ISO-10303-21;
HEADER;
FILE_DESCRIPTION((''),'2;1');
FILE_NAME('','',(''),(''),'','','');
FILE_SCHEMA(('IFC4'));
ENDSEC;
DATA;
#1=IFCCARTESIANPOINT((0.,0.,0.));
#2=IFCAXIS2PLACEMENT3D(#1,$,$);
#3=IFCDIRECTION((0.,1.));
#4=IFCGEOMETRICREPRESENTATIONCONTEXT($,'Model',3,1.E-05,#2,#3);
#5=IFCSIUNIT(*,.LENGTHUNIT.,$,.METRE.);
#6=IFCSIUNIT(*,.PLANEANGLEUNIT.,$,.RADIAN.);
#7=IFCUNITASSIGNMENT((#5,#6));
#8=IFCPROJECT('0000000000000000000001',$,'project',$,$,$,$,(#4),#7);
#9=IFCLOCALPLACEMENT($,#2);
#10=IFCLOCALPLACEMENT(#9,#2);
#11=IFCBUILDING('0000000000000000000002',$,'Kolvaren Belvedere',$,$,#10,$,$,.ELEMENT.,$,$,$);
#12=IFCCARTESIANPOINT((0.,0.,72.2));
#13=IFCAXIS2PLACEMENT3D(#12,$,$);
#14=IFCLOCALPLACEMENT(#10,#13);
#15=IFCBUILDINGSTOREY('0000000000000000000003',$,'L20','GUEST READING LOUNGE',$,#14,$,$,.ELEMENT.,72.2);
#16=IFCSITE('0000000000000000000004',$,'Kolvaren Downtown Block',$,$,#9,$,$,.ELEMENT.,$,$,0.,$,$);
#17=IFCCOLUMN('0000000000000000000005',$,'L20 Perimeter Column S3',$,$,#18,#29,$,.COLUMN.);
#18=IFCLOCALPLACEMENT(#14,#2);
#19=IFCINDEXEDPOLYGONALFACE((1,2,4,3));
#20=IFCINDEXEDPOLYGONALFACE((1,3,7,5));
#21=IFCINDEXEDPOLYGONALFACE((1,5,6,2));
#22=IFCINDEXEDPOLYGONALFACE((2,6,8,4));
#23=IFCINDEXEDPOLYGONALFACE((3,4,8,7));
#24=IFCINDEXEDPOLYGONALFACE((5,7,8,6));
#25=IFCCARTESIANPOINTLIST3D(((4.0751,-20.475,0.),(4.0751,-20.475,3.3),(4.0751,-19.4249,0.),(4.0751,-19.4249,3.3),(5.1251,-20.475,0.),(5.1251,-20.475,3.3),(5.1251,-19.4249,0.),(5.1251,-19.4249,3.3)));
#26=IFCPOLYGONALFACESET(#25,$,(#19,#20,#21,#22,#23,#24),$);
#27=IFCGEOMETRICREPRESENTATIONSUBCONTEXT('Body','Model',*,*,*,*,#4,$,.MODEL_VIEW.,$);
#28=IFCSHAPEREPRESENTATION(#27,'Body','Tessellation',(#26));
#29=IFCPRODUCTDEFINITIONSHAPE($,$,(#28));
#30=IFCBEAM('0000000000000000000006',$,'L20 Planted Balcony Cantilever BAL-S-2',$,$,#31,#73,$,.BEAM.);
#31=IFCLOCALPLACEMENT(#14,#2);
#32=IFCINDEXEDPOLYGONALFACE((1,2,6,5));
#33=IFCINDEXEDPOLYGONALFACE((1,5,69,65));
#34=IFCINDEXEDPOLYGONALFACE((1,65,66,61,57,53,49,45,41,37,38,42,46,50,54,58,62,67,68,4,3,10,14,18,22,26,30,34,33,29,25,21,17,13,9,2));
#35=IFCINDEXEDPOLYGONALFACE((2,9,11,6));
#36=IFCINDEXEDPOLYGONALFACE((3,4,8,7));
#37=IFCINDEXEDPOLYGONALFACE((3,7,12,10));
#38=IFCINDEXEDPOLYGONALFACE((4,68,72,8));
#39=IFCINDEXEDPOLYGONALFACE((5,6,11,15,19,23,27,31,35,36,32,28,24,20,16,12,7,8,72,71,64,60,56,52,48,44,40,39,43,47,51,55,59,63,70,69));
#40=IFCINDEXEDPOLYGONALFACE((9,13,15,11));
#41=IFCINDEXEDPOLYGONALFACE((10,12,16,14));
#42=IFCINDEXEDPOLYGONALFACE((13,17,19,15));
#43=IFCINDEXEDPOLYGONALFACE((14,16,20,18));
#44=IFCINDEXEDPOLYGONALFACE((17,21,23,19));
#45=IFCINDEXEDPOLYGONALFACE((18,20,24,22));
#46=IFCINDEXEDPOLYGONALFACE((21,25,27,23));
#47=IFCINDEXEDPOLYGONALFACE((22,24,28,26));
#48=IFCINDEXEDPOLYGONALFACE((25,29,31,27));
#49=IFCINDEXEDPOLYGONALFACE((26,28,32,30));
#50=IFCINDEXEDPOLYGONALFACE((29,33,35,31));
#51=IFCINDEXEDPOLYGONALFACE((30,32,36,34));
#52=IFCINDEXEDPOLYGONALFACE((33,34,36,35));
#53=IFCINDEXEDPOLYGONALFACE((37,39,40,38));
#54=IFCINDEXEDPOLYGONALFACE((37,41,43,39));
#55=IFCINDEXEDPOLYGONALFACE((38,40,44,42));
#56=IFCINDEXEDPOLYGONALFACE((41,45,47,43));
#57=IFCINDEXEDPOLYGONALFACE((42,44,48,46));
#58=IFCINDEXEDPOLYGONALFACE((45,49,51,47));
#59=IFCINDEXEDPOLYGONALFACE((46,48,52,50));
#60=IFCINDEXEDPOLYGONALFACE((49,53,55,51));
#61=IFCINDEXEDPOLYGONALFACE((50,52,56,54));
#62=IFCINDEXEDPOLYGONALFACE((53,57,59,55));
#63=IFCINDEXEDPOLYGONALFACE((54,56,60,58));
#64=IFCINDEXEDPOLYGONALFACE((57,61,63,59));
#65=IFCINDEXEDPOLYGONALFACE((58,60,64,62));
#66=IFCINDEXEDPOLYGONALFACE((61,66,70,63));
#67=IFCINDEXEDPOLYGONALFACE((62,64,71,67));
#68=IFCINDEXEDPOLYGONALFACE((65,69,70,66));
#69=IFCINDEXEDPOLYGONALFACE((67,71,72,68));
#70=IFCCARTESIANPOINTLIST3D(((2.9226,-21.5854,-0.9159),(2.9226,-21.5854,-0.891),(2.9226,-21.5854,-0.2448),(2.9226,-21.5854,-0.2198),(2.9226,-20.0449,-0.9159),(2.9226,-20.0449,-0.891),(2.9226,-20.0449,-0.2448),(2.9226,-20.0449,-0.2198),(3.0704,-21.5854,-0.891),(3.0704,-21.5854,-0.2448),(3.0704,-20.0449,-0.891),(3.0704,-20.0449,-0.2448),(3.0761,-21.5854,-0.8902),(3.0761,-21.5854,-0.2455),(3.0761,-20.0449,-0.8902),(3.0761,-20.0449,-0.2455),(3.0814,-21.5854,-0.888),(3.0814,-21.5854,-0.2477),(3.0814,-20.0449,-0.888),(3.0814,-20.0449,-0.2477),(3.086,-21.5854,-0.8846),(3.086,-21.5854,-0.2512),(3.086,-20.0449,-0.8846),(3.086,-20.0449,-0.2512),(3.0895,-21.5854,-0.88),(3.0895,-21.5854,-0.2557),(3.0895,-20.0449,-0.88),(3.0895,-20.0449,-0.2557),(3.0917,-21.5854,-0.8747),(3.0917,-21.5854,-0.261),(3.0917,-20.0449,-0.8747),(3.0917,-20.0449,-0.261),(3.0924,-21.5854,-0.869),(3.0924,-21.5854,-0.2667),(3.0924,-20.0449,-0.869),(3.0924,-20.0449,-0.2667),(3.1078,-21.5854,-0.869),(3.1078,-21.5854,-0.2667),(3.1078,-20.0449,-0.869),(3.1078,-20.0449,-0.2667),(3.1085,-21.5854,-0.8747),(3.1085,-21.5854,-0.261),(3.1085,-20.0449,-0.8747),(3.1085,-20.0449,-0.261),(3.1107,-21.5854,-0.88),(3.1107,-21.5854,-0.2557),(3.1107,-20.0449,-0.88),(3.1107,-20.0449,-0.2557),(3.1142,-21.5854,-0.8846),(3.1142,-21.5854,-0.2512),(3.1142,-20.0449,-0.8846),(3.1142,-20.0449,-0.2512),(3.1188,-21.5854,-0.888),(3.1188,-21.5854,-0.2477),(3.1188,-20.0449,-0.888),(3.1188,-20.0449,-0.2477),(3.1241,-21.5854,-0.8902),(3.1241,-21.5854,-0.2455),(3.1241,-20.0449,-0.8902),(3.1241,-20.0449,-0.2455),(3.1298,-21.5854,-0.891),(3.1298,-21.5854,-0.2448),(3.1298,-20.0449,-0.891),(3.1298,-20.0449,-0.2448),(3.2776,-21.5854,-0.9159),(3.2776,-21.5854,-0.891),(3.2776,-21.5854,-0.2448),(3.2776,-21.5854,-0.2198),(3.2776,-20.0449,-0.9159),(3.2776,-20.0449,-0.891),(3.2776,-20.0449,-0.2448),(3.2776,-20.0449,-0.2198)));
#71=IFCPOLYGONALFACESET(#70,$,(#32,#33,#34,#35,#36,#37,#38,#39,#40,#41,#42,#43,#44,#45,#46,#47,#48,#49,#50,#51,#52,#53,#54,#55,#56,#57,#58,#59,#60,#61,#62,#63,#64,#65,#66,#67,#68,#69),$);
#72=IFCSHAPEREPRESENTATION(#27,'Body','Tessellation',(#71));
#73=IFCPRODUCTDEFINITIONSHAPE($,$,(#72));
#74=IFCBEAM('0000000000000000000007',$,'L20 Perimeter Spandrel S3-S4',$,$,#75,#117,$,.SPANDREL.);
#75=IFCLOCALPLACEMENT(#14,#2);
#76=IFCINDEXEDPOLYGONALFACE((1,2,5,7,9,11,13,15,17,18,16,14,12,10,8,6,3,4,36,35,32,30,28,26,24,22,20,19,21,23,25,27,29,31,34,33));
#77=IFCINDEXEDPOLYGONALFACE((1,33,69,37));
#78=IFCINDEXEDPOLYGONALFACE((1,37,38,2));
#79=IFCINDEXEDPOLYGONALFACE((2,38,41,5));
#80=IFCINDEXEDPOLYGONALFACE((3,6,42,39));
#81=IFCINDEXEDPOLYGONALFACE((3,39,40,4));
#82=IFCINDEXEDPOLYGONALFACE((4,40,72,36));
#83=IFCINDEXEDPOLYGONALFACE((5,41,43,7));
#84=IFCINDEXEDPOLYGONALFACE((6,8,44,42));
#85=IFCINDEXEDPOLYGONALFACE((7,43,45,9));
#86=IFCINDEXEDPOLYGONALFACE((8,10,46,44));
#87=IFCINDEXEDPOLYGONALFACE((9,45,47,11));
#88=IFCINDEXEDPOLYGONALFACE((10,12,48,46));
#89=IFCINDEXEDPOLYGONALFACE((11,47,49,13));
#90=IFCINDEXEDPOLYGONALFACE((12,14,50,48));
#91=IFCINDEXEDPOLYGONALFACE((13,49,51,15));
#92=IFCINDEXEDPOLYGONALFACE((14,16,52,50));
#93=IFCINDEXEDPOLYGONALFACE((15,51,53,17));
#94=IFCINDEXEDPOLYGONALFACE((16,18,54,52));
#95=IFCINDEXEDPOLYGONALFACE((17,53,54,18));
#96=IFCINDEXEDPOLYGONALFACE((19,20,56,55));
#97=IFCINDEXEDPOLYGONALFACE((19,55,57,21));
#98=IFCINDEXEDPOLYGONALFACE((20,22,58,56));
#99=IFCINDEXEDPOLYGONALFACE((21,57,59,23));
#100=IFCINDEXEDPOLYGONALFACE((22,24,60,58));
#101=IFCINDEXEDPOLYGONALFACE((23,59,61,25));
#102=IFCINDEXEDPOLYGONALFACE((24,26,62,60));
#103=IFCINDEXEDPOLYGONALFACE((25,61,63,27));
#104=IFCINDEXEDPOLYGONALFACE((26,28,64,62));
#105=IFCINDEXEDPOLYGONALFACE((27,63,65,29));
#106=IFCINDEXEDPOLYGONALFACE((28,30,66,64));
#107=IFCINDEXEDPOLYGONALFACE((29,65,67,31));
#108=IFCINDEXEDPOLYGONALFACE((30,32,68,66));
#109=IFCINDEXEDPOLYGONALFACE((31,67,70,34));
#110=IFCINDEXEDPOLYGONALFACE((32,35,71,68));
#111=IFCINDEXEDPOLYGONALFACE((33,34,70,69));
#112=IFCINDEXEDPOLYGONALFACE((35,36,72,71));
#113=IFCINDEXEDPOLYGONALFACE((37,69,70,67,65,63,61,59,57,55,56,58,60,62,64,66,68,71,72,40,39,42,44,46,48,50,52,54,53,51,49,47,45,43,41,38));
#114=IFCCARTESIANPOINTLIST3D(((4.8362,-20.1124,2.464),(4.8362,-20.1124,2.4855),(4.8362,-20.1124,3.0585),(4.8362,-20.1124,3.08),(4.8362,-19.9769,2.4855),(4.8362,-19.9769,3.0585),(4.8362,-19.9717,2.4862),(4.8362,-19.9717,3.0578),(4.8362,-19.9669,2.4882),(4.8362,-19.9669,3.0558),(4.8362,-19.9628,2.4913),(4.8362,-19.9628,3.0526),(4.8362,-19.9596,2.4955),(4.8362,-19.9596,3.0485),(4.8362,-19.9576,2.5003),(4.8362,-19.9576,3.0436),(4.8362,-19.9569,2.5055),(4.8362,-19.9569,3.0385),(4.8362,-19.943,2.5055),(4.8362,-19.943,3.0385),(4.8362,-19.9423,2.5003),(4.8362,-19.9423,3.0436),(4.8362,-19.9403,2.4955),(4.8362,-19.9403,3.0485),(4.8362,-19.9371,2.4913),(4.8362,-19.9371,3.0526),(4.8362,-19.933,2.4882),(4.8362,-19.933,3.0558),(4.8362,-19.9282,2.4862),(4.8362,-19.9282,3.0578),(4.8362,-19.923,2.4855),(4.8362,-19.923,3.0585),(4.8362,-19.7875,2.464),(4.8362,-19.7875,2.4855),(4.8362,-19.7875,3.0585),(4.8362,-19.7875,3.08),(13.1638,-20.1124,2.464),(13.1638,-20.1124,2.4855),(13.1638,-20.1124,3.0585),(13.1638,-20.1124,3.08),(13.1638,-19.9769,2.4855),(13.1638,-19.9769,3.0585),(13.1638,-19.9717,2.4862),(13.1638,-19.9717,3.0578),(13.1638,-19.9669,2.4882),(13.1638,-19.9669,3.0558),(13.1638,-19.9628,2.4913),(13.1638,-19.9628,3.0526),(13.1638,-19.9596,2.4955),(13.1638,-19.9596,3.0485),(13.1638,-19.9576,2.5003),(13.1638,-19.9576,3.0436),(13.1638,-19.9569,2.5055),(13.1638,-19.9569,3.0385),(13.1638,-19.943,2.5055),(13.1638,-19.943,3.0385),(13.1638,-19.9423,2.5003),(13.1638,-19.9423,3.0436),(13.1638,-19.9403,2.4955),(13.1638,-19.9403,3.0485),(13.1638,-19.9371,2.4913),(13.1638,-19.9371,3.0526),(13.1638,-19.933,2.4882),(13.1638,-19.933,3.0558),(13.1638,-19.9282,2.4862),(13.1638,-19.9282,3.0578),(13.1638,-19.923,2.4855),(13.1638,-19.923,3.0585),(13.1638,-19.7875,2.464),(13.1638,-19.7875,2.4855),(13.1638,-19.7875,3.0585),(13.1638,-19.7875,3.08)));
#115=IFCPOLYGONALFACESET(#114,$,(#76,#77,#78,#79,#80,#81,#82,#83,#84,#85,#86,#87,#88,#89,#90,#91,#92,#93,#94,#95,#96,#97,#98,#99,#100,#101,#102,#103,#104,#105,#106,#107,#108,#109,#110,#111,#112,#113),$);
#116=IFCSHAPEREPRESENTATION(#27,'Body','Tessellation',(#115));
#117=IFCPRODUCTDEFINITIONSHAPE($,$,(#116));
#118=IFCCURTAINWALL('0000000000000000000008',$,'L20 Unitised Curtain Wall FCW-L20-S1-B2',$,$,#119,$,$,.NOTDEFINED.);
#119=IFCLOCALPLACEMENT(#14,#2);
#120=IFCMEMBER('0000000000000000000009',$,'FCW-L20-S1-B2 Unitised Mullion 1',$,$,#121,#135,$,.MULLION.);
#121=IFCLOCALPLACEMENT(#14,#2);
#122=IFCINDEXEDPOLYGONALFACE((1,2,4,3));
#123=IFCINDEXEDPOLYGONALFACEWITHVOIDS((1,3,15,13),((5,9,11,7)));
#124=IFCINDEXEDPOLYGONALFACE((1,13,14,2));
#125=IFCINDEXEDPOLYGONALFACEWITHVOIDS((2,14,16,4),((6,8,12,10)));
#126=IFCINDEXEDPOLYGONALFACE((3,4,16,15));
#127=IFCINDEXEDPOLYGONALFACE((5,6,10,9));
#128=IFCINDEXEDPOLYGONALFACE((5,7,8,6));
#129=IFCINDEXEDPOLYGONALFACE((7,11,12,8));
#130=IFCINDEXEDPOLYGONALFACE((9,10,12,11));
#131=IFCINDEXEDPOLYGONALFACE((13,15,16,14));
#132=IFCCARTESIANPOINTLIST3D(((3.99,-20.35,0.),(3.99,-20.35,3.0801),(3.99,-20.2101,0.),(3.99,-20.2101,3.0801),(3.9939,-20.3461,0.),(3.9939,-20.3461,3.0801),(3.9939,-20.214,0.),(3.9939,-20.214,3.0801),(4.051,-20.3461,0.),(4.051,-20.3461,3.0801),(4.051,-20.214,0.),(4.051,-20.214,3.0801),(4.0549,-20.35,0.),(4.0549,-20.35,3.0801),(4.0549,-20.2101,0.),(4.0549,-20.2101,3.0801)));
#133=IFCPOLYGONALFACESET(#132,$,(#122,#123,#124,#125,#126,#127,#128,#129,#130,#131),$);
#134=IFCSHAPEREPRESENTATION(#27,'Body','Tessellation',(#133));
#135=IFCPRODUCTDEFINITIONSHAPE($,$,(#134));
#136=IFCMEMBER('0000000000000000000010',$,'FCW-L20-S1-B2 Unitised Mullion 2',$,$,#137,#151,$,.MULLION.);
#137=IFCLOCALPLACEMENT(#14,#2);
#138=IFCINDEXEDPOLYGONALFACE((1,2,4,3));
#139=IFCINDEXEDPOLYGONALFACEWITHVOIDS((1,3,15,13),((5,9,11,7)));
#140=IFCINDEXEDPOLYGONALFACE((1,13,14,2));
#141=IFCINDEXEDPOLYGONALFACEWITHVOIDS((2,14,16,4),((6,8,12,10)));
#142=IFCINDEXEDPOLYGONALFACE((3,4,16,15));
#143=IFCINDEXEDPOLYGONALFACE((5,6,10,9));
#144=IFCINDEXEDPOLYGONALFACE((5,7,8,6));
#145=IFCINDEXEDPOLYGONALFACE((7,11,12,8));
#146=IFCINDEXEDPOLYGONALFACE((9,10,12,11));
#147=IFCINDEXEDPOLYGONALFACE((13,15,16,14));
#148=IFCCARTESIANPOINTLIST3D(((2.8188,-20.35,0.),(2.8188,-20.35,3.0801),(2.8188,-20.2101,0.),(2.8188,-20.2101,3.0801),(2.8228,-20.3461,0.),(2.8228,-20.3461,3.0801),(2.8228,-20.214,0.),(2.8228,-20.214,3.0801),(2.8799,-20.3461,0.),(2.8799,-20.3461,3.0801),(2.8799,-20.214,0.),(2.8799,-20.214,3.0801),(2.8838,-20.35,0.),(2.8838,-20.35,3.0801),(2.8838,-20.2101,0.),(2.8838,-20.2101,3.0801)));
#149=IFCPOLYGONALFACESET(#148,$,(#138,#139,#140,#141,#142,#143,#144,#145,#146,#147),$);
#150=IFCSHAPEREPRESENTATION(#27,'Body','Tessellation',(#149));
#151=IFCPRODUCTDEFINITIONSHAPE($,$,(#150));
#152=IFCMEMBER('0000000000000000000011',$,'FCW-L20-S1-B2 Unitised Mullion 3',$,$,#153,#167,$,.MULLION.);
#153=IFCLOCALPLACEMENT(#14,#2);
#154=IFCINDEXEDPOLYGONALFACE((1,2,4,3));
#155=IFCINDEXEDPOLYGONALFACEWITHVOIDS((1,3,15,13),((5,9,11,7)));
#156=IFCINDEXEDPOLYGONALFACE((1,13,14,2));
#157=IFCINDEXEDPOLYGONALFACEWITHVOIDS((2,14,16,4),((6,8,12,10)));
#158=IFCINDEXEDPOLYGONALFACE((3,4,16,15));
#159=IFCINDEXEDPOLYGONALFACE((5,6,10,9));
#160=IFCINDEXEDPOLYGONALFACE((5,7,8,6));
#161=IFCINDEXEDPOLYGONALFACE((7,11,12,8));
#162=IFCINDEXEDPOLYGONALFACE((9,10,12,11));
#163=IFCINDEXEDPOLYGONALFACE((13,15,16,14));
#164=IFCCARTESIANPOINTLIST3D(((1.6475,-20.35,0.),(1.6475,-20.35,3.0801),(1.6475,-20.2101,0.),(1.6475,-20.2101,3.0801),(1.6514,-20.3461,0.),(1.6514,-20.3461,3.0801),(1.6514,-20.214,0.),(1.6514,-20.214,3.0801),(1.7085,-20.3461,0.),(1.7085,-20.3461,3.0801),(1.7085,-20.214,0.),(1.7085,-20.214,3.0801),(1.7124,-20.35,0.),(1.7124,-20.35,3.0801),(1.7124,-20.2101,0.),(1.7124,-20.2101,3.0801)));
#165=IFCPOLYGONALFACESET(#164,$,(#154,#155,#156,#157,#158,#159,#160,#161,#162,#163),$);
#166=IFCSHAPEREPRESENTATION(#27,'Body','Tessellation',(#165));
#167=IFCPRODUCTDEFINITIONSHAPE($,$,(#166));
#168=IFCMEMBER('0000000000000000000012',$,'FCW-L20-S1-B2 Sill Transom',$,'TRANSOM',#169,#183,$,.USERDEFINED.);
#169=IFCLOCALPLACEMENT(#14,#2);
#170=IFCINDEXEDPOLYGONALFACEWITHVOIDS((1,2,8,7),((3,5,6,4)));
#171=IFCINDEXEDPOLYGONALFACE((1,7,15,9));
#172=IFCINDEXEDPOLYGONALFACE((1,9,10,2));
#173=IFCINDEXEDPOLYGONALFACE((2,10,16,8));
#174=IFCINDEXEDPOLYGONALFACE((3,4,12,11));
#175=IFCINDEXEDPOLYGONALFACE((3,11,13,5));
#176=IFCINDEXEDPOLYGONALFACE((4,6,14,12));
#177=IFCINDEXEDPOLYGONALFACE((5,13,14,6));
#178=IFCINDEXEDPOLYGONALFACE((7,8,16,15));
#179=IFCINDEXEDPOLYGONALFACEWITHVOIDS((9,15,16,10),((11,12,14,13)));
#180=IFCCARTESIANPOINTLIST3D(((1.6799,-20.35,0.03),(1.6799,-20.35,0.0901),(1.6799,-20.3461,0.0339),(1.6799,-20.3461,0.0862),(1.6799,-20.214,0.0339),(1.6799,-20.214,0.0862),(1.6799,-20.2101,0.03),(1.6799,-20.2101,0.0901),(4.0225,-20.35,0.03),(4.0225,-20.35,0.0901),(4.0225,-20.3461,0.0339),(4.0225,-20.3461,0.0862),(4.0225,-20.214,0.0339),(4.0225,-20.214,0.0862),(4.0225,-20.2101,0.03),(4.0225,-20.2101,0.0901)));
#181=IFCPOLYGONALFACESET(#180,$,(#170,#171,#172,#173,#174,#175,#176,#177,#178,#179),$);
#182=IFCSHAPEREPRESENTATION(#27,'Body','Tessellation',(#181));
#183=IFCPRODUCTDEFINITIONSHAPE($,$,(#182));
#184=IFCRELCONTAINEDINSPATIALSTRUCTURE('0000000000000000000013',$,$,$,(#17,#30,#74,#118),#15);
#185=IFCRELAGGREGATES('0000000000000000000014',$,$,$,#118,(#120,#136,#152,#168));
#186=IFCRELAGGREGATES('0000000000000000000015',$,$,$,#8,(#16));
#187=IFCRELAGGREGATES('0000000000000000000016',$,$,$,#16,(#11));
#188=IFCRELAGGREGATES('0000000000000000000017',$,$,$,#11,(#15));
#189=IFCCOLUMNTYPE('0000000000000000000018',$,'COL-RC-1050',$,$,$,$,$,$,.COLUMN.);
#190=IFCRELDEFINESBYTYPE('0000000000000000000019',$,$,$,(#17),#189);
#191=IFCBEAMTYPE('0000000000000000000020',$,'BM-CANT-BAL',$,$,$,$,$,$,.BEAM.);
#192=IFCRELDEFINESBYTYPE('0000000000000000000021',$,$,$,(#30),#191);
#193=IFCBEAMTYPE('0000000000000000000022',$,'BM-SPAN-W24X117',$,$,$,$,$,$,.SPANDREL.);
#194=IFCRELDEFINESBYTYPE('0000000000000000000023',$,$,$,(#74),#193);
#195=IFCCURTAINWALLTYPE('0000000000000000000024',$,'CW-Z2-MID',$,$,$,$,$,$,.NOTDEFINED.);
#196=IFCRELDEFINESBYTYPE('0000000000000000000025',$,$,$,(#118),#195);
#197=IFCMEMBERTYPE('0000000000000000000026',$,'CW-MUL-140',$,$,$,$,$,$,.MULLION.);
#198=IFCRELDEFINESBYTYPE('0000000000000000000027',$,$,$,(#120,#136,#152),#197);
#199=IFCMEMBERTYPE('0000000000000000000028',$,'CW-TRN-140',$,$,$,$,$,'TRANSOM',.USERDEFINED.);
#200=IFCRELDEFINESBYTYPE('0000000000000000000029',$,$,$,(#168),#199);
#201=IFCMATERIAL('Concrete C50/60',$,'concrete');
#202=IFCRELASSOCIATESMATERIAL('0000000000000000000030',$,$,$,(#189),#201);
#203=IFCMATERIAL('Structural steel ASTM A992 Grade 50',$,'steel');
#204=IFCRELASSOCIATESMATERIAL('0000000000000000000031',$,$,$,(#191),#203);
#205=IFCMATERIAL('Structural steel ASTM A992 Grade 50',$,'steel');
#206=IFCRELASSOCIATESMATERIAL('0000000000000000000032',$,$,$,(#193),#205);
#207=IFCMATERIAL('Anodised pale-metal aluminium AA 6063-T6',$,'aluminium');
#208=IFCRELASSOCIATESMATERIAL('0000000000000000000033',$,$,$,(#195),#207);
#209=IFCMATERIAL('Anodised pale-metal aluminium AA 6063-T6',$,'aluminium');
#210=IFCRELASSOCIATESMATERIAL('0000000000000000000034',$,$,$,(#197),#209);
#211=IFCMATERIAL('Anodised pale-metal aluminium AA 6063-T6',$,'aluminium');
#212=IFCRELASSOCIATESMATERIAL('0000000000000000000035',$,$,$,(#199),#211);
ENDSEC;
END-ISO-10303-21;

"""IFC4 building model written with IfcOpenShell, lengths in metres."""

from ifc_helpers import new_model, si_unit, direction, frame, origin, origin_2d, place, context, subcontext, project, spatial, rectangle, hollow_rectangle, i_section, extrude, material, material_profile, profile_set, type_object, element, aggregate, save


model = new_model("IFC4")

# Units and contexts
model_context = context("Model", 3, precision=1e-05, world=origin(), true_north=direction((0.0, 1.0)))
body_context = subcontext(model_context, "Body", "Model", "MODEL_VIEW")
ifc_project = project(units=[si_unit("LENGTHUNIT", "METRE"), si_unit("PLANEANGLEUNIT", "RADIAN")], contexts=[model_context])

# Site, building, storey
site_placement = place(None, origin())
site = spatial("IfcSite", under=ifc_project, at=site_placement, Name="Kolvaren Downtown Block", CompositionType="ELEMENT", RefElevation=0.0)
building_placement = place(site_placement, origin())
building = spatial("IfcBuilding", under=site, at=building_placement, Name="Kolvaren Belvedere", CompositionType="ELEMENT")
storey_placement = place(building_placement, frame((0.0, 0.0, 72.2)))
storey = spatial("IfcBuildingStorey", under=building, at=storey_placement, Name="L20", Description="GUEST READING LOUNGE", CompositionType="ELEMENT", Elevation=72.2)

# Column
ifc_material_1 = material(Name="Concrete C50/60", Category="concrete")
ifc_material_profile_1 = material_profile(ifc_material_1, rectangle(XDim=1.05, YDim=1.05, at=origin_2d()), Name="RC 1050X1050")
ifc_profile_set_1 = profile_set([ifc_material_profile_1], Name="Concrete C50/60")
column_type = type_object("IfcColumnType", Name="COL-RC-1050", PredefinedType="COLUMN", material=ifc_profile_set_1)
column_placement = place(storey_placement, frame((4.6001, -19.95, 0.0), z_axis=(0.0, 0.0, 1.0), x_axis=(1.0, 0.0, 0.0)))
element("IfcColumn", 1, at=column_placement, inside=storey, type_object=column_type, Name="L20 Perimeter Column S3", PredefinedType="COLUMN", context=body_context, shape_type="SweptSolid", body=[
    extrude(rectangle(XDim=1.05, YDim=1.05, at=origin_2d()), origin(), (0.0, 0.0, 1.0), 3.3),
])

# Beams
ifc_material_2 = material(Name="Structural steel ASTM A992 Grade 50", Category="steel")
ifc_material_profile_2 = material_profile(ifc_material_2, i_section(OverallWidth=0.355, OverallDepth=0.696, WebThickness=0.0154, FlangeThickness=0.0249, FilletRadius=0.022, at=origin_2d()), Name="W27X146")
ifc_profile_set_2 = profile_set([ifc_material_profile_2], Name="Structural steel ASTM A992 Grade 50")
beam_type_1 = type_object("IfcBeamType", Name="BM-CANT-BAL", PredefinedType="BEAM", material=ifc_profile_set_2)
beam_1_placement = place(storey_placement, frame((3.1001, -20.0449, -0.5679), z_axis=(0.0, -1.0, 0.0), x_axis=(1.0, 0.0, 0.0)))
element("IfcBeam", 2, at=beam_1_placement, inside=storey, type_object=beam_type_1, Name="L20 Planted Balcony Cantilever BAL-S-2", PredefinedType="BEAM", context=body_context, shape_type="SweptSolid", body=[
    extrude(i_section(OverallWidth=0.355, OverallDepth=0.696, WebThickness=0.0154, FlangeThickness=0.0249, FilletRadius=0.022, at=origin_2d()), origin(), (0.0, 0.0, 1.0), 1.5405),
])
ifc_material_3 = material(Name="Structural steel ASTM A992 Grade 50", Category="steel")
ifc_material_profile_3 = material_profile(ifc_material_3, i_section(OverallWidth=0.325, OverallDepth=0.616, WebThickness=0.0139, FlangeThickness=0.0215, FilletRadius=0.02, at=origin_2d()), Name="W24X117")
ifc_profile_set_3 = profile_set([ifc_material_profile_3], Name="Structural steel ASTM A992 Grade 50")
beam_type_2 = type_object("IfcBeamType", Name="BM-SPAN-W24X117", PredefinedType="SPANDREL", material=ifc_profile_set_3)
beam_2_placement = place(storey_placement, frame((4.8362, -19.95, 2.772), z_axis=(1.0, 0.0, 0.0), x_axis=(0.0, 1.0, 0.0)))
element("IfcBeam", 3, at=beam_2_placement, inside=storey, type_object=beam_type_2, Name="L20 Perimeter Spandrel S3-S4", PredefinedType="SPANDREL", context=body_context, shape_type="SweptSolid", body=[
    extrude(i_section(OverallWidth=0.325, OverallDepth=0.616, WebThickness=0.0139, FlangeThickness=0.0215, FilletRadius=0.02, at=origin_2d()), origin(), (0.0, 0.0, 1.0), 8.3276),
])

# Curtain wall, members
ifc_material_4 = material(Name="Anodised pale-metal aluminium AA 6063-T6", Category="aluminium")
curtain_wall_type = type_object("IfcCurtainWallType", Name="CW-Z2-MID", PredefinedType="NOTDEFINED", material=ifc_material_4)
curtain_wall_1_placement = place(storey_placement, origin())
curtain_wall_1 = element("IfcCurtainWall", 4, at=curtain_wall_1_placement, inside=storey, type_object=curtain_wall_type, Name="L20 Unitised Curtain Wall FCW-L20-S1-B2", PredefinedType="NOTDEFINED")
ifc_material_5 = material(Name="Anodised pale-metal aluminium AA 6063-T6", Category="aluminium")
ifc_material_profile_4 = material_profile(ifc_material_5, hollow_rectangle(XDim=0.0649, YDim=0.1399, WallThickness=0.0039, at=origin_2d()), Name="ALU-MUL-140X65")
ifc_profile_set_4 = profile_set([ifc_material_profile_4], Name="Anodised pale-metal aluminium AA 6063-T6")
member_type_1 = type_object("IfcMemberType", Name="CW-MUL-140", PredefinedType="MULLION", material=ifc_profile_set_4)
member_1_placement = place(storey_placement, frame((4.0225, -20.28, 0.0), z_axis=(0.0, 0.0, 1.0), x_axis=(1.0, 0.0, 0.0)))
member_1 = element("IfcMember", 5, at=member_1_placement, type_object=member_type_1, Name="FCW-L20-S1-B2 Unitised Mullion 1", PredefinedType="MULLION", context=body_context, shape_type="SweptSolid", body=[
    extrude(hollow_rectangle(XDim=0.0649, YDim=0.1399, WallThickness=0.0039, at=origin_2d()), origin(), (0.0, 0.0, 1.0), 3.0801),
])
member_2_placement = place(storey_placement, frame((2.8513, -20.28, 0.0), z_axis=(0.0, 0.0, 1.0), x_axis=(1.0, 0.0, 0.0)))
member_2 = element("IfcMember", 6, at=member_2_placement, type_object=member_type_1, Name="FCW-L20-S1-B2 Unitised Mullion 2", PredefinedType="MULLION", context=body_context, shape_type="SweptSolid", body=[
    extrude(hollow_rectangle(XDim=0.0649, YDim=0.1399, WallThickness=0.0039, at=origin_2d()), origin(), (0.0, 0.0, 1.0), 3.0801),
])
member_3_placement = place(storey_placement, frame((1.6799, -20.28, 0.0), z_axis=(0.0, 0.0, 1.0), x_axis=(1.0, 0.0, 0.0)))
member_3 = element("IfcMember", 7, at=member_3_placement, type_object=member_type_1, Name="FCW-L20-S1-B2 Unitised Mullion 3", PredefinedType="MULLION", context=body_context, shape_type="SweptSolid", body=[
    extrude(hollow_rectangle(XDim=0.0649, YDim=0.1399, WallThickness=0.0039, at=origin_2d()), origin(), (0.0, 0.0, 1.0), 3.0801),
])
ifc_material_6 = material(Name="Anodised pale-metal aluminium AA 6063-T6", Category="aluminium")
ifc_material_profile_5 = material_profile(ifc_material_6, hollow_rectangle(XDim=0.0601, YDim=0.1399, WallThickness=0.0039, at=origin_2d()), Name="ALU-TRN-140X60")
ifc_profile_set_5 = profile_set([ifc_material_profile_5], Name="Anodised pale-metal aluminium AA 6063-T6")
member_type_2 = type_object("IfcMemberType", Name="CW-TRN-140", ElementType="TRANSOM", PredefinedType="USERDEFINED", material=ifc_profile_set_5)
member_4_placement = place(storey_placement, frame((4.0225, -20.28, 0.0601), z_axis=(-1.0, 0.0, 0.0), x_axis=(0.0, 0.0, 1.0)))
member_4 = element("IfcMember", 8, at=member_4_placement, type_object=member_type_2, Name="FCW-L20-S1-B2 Sill Transom", ObjectType="TRANSOM", PredefinedType="USERDEFINED", context=body_context, shape_type="SweptSolid", body=[
    extrude(hollow_rectangle(XDim=0.0601, YDim=0.1399, WallThickness=0.0039, at=origin_2d()), origin(), (0.0, 0.0, 1.0), 2.3425),
])

aggregate(curtain_wall_1, [member_1, member_2, member_3, member_4])

save(model, "model.ifc")
